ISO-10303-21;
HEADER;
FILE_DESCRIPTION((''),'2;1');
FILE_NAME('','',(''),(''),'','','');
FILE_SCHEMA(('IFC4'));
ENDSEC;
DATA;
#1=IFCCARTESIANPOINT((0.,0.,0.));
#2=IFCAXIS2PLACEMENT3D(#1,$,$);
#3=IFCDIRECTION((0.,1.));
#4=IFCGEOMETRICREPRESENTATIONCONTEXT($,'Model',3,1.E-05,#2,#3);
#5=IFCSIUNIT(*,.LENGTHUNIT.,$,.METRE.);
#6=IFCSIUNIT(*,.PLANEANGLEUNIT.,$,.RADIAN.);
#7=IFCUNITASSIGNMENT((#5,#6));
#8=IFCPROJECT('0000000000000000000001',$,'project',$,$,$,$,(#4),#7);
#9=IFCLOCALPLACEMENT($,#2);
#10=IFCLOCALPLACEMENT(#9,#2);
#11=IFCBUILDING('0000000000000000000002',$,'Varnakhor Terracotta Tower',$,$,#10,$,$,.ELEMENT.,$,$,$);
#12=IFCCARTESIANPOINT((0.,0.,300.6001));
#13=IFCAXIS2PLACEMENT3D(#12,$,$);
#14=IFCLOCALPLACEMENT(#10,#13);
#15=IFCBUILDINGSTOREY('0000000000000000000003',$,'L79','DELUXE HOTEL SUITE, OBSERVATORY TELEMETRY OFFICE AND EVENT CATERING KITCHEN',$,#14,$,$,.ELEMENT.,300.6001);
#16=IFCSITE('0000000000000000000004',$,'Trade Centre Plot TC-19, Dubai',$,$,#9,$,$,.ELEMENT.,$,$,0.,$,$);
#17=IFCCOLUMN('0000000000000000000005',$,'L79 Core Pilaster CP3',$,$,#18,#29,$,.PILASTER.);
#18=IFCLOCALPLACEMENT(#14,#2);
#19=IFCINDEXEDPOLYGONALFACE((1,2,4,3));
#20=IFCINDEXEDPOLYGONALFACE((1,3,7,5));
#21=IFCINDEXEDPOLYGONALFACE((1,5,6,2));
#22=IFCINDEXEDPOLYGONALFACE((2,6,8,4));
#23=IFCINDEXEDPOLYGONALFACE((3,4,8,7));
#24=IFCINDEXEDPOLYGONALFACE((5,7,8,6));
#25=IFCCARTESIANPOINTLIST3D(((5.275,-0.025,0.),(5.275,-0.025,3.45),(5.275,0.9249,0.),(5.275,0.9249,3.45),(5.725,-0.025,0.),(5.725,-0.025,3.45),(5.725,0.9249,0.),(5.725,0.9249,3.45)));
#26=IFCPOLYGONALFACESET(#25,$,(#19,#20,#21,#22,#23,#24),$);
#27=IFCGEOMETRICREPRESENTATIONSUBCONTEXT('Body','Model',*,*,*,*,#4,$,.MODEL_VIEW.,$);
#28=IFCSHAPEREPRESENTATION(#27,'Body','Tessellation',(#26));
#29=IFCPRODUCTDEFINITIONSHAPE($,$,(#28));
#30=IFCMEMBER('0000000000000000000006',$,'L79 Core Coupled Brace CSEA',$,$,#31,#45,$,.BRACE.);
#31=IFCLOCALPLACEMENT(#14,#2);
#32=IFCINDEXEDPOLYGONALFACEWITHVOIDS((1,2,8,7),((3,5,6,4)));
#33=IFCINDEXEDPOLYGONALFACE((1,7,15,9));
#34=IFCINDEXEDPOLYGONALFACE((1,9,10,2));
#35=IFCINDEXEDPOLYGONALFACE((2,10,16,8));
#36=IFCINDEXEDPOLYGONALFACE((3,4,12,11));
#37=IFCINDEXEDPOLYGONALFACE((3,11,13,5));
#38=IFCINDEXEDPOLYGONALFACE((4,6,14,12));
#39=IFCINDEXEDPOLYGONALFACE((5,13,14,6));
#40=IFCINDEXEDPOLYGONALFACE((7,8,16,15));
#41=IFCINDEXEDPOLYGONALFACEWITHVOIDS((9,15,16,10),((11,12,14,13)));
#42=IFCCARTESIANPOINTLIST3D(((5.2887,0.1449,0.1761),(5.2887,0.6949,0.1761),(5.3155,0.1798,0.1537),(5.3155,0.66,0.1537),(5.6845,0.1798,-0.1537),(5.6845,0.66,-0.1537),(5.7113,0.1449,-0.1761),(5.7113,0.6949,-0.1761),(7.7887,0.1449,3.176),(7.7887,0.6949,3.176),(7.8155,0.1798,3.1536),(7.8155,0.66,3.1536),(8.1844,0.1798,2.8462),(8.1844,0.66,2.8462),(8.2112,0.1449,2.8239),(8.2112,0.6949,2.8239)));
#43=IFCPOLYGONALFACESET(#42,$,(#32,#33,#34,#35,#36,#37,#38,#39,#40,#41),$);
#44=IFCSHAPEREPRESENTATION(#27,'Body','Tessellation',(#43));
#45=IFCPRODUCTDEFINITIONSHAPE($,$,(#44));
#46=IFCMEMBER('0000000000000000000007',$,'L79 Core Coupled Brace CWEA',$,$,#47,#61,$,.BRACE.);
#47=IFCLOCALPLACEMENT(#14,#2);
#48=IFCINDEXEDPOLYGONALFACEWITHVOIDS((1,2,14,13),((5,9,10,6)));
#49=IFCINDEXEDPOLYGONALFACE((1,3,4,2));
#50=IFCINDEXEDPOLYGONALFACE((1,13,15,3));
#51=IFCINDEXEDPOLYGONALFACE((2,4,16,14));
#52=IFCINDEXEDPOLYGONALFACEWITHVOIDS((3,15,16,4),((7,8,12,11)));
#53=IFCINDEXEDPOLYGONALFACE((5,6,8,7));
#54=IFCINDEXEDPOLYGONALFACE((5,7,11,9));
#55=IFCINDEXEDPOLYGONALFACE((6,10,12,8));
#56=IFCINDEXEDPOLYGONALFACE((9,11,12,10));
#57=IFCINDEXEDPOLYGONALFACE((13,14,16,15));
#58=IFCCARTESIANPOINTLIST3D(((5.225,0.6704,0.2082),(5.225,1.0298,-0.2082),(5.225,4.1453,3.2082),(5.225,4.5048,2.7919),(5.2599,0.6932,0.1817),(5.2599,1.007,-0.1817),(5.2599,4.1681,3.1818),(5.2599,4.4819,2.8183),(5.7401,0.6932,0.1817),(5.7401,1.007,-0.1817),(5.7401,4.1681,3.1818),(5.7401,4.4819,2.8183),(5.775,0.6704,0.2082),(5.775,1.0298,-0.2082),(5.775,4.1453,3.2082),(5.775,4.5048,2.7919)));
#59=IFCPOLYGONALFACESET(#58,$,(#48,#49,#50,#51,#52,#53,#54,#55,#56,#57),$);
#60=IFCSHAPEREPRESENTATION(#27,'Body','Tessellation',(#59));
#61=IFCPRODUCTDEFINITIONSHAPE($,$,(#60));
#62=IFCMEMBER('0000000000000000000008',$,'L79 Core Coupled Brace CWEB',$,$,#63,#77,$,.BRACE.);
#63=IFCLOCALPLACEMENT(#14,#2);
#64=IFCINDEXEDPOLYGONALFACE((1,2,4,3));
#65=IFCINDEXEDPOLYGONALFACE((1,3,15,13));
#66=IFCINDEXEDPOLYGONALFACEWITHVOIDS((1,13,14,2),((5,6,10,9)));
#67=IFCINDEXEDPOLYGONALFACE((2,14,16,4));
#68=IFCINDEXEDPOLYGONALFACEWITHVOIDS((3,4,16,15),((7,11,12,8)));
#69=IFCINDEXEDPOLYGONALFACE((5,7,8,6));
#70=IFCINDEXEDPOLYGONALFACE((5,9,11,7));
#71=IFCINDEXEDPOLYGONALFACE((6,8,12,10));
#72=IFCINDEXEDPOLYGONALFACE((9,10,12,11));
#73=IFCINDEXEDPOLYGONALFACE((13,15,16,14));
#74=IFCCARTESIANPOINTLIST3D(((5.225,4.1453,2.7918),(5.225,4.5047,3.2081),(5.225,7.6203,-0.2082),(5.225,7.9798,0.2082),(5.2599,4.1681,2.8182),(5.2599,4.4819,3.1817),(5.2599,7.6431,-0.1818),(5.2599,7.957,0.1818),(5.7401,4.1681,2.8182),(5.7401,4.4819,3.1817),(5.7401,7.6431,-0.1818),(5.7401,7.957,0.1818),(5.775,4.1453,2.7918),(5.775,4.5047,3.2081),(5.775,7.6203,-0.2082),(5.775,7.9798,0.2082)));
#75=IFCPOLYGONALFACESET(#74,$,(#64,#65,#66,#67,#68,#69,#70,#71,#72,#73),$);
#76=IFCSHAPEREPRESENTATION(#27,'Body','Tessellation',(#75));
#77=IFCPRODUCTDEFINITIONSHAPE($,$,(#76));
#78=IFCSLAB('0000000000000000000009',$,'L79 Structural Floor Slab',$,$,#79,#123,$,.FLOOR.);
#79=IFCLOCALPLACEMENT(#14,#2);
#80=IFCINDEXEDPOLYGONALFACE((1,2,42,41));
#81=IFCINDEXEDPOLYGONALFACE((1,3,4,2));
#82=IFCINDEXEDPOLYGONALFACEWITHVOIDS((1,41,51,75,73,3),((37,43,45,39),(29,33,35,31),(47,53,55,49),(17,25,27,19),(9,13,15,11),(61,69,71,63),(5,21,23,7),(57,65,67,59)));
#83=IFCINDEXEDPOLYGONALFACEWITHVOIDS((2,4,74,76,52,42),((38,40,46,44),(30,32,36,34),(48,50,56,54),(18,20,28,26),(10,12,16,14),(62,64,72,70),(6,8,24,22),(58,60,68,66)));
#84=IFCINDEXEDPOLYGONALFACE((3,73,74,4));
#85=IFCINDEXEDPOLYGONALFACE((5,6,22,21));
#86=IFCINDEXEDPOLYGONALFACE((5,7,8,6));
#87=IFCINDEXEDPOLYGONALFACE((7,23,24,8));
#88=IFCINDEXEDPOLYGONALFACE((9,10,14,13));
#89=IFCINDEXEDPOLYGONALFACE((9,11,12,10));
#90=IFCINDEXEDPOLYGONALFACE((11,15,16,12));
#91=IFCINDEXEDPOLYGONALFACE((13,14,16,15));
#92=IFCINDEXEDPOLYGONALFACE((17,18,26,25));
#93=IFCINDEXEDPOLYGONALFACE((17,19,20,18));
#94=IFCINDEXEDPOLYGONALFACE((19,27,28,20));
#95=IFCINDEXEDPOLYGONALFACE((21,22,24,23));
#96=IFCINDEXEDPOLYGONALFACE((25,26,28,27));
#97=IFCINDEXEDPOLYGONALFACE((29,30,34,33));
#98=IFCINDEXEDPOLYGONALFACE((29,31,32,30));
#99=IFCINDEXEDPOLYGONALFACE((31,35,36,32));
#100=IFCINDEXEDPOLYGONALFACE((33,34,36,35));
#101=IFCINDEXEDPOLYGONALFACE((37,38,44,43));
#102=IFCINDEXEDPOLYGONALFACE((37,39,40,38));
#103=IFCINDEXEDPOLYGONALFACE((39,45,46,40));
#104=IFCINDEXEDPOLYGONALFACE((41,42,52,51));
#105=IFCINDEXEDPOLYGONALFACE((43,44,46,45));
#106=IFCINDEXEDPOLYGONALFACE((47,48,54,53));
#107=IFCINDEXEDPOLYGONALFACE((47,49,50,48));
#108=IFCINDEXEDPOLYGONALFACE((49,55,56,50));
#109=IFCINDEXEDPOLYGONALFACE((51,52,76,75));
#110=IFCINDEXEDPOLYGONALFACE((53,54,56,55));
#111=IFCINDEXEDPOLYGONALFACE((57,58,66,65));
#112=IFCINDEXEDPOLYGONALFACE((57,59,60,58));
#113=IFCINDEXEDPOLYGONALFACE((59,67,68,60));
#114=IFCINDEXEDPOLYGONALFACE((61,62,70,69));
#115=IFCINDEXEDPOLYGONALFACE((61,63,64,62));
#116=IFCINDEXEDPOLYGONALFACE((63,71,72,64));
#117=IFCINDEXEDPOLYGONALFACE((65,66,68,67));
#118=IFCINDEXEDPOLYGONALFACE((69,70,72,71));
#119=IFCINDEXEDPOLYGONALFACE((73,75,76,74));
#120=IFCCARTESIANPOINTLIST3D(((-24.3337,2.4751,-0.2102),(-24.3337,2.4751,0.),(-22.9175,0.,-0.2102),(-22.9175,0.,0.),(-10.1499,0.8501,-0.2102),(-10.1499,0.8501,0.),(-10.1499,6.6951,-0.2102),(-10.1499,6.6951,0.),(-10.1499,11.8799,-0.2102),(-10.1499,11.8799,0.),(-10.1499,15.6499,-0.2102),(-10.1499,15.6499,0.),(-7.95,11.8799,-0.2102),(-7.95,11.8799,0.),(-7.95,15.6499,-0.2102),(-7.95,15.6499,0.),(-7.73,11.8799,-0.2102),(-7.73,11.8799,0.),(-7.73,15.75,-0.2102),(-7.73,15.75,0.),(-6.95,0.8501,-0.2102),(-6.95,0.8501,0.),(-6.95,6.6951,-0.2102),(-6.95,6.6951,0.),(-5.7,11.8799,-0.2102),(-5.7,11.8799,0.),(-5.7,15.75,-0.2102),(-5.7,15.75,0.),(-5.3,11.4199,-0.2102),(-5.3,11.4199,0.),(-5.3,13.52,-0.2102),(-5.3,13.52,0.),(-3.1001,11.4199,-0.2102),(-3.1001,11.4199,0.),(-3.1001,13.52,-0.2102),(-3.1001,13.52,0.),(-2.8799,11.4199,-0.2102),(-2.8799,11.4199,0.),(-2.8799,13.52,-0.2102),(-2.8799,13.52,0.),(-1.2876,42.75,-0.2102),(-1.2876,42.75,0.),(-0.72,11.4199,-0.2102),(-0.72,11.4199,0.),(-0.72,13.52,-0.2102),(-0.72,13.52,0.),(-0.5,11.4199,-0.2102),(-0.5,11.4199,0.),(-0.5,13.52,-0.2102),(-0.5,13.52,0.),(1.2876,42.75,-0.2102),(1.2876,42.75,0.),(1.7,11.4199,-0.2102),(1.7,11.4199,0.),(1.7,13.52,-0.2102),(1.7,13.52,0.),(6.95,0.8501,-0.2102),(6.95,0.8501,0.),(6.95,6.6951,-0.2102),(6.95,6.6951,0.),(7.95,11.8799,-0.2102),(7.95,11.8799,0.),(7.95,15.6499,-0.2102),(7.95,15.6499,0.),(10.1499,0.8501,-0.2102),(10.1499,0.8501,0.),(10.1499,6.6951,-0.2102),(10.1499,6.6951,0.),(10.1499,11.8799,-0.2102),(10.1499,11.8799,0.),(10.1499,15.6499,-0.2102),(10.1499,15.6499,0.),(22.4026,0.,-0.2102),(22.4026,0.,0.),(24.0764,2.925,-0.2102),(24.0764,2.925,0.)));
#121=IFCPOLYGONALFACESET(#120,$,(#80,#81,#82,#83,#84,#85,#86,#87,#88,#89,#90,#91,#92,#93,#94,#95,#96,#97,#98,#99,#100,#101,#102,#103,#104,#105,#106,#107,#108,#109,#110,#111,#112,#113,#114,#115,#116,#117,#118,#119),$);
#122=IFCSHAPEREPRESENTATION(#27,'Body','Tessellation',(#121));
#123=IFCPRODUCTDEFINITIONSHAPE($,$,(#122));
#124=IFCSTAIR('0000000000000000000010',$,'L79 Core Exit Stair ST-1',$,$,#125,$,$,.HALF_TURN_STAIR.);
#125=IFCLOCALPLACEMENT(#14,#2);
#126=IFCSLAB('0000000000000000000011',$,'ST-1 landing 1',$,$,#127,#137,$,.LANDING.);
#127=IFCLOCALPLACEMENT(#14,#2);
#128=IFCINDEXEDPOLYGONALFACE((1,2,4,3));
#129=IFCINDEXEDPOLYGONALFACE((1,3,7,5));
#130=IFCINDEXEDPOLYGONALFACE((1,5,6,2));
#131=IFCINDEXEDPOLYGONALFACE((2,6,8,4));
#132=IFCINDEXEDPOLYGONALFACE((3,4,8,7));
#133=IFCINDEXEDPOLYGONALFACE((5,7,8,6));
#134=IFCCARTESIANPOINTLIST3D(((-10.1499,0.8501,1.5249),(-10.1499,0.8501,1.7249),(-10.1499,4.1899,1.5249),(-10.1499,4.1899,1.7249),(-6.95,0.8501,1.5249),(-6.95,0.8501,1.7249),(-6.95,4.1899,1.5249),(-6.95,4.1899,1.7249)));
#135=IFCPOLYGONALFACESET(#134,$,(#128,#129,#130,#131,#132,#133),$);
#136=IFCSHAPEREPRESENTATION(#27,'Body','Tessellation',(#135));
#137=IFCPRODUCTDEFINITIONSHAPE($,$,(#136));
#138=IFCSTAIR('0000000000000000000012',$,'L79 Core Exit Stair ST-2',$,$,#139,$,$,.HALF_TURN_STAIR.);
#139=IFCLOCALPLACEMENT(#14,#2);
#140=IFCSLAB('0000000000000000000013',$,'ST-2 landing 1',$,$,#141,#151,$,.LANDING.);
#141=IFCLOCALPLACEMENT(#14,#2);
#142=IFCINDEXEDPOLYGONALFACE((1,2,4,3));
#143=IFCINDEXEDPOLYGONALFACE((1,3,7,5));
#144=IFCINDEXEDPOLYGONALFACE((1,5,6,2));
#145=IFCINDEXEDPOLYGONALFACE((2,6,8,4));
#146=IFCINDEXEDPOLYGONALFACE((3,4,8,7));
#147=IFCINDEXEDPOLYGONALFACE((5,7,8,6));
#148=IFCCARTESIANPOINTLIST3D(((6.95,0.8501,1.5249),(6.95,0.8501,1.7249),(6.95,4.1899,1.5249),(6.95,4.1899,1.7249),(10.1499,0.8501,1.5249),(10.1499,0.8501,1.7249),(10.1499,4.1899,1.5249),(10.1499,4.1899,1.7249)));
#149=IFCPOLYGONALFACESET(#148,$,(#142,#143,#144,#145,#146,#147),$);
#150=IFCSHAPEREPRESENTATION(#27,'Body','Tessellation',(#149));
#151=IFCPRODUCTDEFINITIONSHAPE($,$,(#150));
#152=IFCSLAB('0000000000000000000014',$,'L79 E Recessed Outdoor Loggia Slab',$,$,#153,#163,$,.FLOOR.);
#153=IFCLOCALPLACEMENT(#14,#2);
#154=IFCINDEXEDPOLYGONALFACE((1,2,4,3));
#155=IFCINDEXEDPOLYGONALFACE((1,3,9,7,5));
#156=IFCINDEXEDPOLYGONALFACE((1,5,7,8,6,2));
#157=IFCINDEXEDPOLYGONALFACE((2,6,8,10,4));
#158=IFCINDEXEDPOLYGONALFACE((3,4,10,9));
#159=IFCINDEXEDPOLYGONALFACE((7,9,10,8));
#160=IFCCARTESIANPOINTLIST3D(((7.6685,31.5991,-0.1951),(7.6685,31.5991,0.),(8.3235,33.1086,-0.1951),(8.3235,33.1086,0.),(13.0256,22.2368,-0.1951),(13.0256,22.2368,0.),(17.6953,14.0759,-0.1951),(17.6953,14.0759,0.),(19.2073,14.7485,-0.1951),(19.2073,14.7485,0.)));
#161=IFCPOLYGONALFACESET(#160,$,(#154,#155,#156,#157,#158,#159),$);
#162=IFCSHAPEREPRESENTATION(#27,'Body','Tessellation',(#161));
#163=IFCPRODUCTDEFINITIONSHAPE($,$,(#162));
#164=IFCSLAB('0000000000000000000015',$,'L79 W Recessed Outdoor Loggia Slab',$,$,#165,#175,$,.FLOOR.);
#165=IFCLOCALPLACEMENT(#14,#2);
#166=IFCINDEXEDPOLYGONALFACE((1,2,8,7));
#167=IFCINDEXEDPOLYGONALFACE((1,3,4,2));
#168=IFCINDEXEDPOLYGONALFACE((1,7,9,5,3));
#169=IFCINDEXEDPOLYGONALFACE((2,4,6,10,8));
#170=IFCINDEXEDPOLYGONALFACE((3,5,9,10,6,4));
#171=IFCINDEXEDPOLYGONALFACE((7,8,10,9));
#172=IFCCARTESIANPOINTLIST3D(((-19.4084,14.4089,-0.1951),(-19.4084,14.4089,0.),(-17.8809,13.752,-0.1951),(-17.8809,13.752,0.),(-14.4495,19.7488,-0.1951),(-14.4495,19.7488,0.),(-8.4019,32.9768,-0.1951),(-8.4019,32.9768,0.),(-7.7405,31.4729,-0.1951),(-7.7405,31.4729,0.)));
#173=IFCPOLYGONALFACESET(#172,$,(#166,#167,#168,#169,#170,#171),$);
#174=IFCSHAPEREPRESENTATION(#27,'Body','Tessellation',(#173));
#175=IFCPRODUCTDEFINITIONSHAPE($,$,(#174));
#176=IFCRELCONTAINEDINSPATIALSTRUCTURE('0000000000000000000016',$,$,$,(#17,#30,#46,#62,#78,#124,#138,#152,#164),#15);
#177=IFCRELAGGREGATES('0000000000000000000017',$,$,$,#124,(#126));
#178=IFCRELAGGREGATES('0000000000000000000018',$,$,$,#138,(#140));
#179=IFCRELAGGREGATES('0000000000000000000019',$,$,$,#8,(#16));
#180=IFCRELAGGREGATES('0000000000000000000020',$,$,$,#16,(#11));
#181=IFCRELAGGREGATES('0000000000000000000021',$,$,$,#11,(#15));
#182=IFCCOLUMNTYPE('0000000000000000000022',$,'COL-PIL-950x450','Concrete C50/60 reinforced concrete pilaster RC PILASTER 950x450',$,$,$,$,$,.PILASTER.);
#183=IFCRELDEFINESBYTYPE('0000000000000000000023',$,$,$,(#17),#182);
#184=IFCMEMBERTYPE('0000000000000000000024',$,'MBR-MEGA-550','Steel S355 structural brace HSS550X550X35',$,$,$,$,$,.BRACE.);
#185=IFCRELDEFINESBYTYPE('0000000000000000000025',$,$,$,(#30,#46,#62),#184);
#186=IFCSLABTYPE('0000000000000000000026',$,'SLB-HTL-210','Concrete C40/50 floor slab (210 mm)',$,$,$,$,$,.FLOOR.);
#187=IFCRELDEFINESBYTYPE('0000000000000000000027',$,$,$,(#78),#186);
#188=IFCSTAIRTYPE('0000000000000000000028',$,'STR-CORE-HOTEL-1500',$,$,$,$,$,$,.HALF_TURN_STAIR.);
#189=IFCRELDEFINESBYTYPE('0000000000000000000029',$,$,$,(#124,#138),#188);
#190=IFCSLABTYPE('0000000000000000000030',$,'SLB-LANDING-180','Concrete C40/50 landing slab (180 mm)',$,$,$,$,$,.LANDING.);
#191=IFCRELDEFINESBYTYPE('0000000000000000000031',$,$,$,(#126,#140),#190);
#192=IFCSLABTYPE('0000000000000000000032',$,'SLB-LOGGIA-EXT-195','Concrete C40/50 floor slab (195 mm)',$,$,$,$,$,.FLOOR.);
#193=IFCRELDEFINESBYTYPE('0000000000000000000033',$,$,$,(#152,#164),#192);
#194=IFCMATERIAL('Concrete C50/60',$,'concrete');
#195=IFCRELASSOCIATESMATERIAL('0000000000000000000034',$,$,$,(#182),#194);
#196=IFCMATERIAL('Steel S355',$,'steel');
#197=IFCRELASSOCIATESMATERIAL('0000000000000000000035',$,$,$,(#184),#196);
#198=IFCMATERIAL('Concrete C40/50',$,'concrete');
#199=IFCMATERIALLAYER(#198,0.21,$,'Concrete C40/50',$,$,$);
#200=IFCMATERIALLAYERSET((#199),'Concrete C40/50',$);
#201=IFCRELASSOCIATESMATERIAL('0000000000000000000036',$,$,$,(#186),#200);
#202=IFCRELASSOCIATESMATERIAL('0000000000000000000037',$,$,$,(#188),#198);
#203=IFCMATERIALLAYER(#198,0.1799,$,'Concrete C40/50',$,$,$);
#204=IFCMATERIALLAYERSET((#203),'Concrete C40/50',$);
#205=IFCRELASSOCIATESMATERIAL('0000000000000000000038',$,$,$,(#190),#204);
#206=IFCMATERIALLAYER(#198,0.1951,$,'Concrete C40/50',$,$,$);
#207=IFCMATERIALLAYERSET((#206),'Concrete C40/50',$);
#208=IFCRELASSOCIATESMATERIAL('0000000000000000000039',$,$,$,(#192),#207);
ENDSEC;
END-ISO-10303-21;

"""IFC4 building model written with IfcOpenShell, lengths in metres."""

from ifc_helpers import new_model, si_unit, direction, frame, origin, origin_2d, place, context, subcontext, project, spatial, polyline, rectangle, hollow_rectangle, outline, extrude, source, transform, mapped, material, layer, layer_set, material_profile, profile_set, type_object, element, aggregate, save


model = new_model("IFC4")

# Units and contexts
model_context = context("Model", 3, precision=1e-05, world=origin(), true_north=direction((0.0, 1.0)))
body_context = subcontext(model_context, "Body", "Model", "MODEL_VIEW")
ifc_project = project(units=[si_unit("LENGTHUNIT", "METRE"), si_unit("PLANEANGLEUNIT", "RADIAN")], contexts=[model_context])

# Site, building, storey
site_placement = place(None, origin())
site = spatial("IfcSite", under=ifc_project, at=site_placement, Name="Trade Centre Plot TC-19, Dubai", CompositionType="ELEMENT", RefElevation=0.0)
building_placement = place(site_placement, origin())
building = spatial("IfcBuilding", under=site, at=building_placement, Name="Varnakhor Terracotta Tower", CompositionType="ELEMENT")
storey_placement = place(building_placement, frame((0.0, 0.0, 300.6001)))
storey = spatial("IfcBuildingStorey", under=building, at=storey_placement, Name="L79", Description="DELUXE HOTEL SUITE, OBSERVATORY TELEMETRY OFFICE AND EVENT CATERING KITCHEN", CompositionType="ELEMENT", Elevation=300.6001)

# Column
ifc_material_1 = material(Name="Concrete C50/60", Category="concrete")
ifc_material_profile_1 = material_profile(ifc_material_1, rectangle(XDim=0.45, YDim=0.95, at=origin_2d()), Name="RC PILASTER 950x450")
ifc_profile_set_1 = profile_set([ifc_material_profile_1], Name="Concrete C50/60")
column_type = type_object("IfcColumnType", Name="COL-PIL-950x450", Description="Concrete C50/60 reinforced concrete pilaster RC PILASTER 950x450", PredefinedType="PILASTER", material=ifc_profile_set_1)
shared_shape_1 = source(origin(), body_context, "Body", "SweptSolid", [
    extrude(rectangle(XDim=0.45, YDim=0.95, at=origin_2d()), origin(), (0.0, 0.0, 1.0), 3.45),
])
column_placement = place(storey_placement, frame((5.5, 0.45, 0.0), z_axis=(0.0, 0.0, 1.0), x_axis=(1.0, 0.0, 0.0)))
element("IfcColumn", 1, at=column_placement, inside=storey, type_object=column_type, Name="L79 Core Pilaster CP3", PredefinedType="PILASTER", context=body_context, shape_type="MappedRepresentation", body=[
    mapped(shared_shape_1, transform((0.0, 0.0, 0.0), scale=1.0)),
])

# Members
ifc_material_2 = material(Name="Steel S355", Category="steel")
ifc_material_profile_2 = material_profile(ifc_material_2, hollow_rectangle(XDim=0.55, YDim=0.55, WallThickness=0.0349, at=origin_2d()), Name="HSS550X550X35")
ifc_profile_set_2 = profile_set([ifc_material_profile_2], Name="Steel S355")
member_type = type_object("IfcMemberType", Name="MBR-MEGA-550", Description="Steel S355 structural brace HSS550X550X35", PredefinedType="BRACE", material=ifc_profile_set_2)
shared_shape_2 = source(origin(), body_context, "Body", "SweptSolid", [
    extrude(hollow_rectangle(XDim=0.55, YDim=0.55, WallThickness=0.0349, at=origin_2d()), origin(), (0.0, 0.0, 1.0), 3.905),
])
member_placement = place(storey_placement, frame((5.5, 0.4199, 0.0), z_axis=(0.640184, 0.0, 0.768221), x_axis=(0.0, 1.0, 0.0)))
element("IfcMember", 2, at=member_placement, inside=storey, type_object=member_type, Name="L79 Core Coupled Brace CSEA", PredefinedType="BRACE", context=body_context, shape_type="MappedRepresentation", body=[
    mapped(shared_shape_2, transform((0.0, 0.0, 0.0), scale=1.0)),
])
shared_shape_3 = source(origin(), body_context, "Body", "SweptSolid", [
    extrude(hollow_rectangle(XDim=0.55, YDim=0.55, WallThickness=0.0349, at=origin_2d()), origin(), (0.0, 0.0, 1.0), 4.5908),
])
for number, where, z_axis, x_axis, name in (
    (3, (5.5, 0.8501, 0.0), (0.0, 0.756932, 0.653494), (-1.0, 0.0, 0.0), "L79 Core Coupled Brace CWEA"),
    (4, (5.5, 7.8, 0.0), (0.0, -0.756955, 0.653468), (1.0, 0.0, 0.0), "L79 Core Coupled Brace CWEB"),
):
    element("IfcMember", number, at=place(storey_placement, frame(where, z_axis=z_axis, x_axis=x_axis)), inside=storey, type_object=member_type, Name=name, PredefinedType="BRACE", context=body_context, shape_type="MappedRepresentation", body=[
        mapped(shared_shape_3, transform((0.0, 0.0, 0.0), scale=1.0)),
    ])

# Slab
ifc_material_3 = material(Name="Concrete C40/50", Category="concrete")
ifc_layer_1 = layer(ifc_material_3, 0.21, Name="Concrete C40/50")
ifc_layer_set_1 = layer_set([ifc_layer_1], Name="Concrete C40/50")
slab_type_1 = type_object("IfcSlabType", Name="SLB-HTL-210", Description="Concrete C40/50 floor slab (210 mm)", PredefinedType="FLOOR", material=ifc_layer_set_1)
slab_1_placement = place(storey_placement, frame((0.0, 0.0, -0.2102)))
element("IfcSlab", 5, at=slab_1_placement, inside=storey, type_object=slab_type_1, Name="L79 Structural Floor Slab", PredefinedType="FLOOR", context=body_context, shape_type="SweptSolid", body=[
    extrude(outline(polyline([(-24.3337, 2.4751), (-1.2876, 42.75), (1.2876, 42.75), (24.0764, 2.925), (22.4026, 0.0), (-22.9175, 0.0), (-24.3337, 2.4751)]), holes=[polyline([(-6.95, 0.8501), (-6.95, 6.6951), (-10.1499, 6.6951), (-10.1499, 0.8501), (-6.95, 0.8501)]), polyline([(10.1499, 0.8501), (10.1499, 6.6951), (6.95, 6.6951), (6.95, 0.8501), (10.1499, 0.8501)]), polyline([(-3.1001, 11.4199), (-3.1001, 13.52), (-5.3, 13.52), (-5.3, 11.4199), (-3.1001, 11.4199)]), polyline([(-0.72, 11.4199), (-0.72, 13.52), (-2.8799, 13.52), (-2.8799, 11.4199), (-0.72, 11.4199)]), polyline([(1.7, 11.4199), (1.7, 13.52), (-0.5, 13.52), (-0.5, 11.4199), (1.7, 11.4199)]), polyline([(-7.95, 11.8799), (-7.95, 15.6499), (-10.1499, 15.6499), (-10.1499, 11.8799), (-7.95, 11.8799)]), polyline([(10.1499, 11.8799), (10.1499, 15.6499), (7.95, 15.6499), (7.95, 11.8799), (10.1499, 11.8799)]), polyline([(-5.7, 11.8799), (-5.7, 15.75), (-7.73, 15.75), (-7.73, 11.8799), (-5.7, 11.8799)])]), origin(), (0.0, 0.0, 1.0), 0.2102),
])

# Stairs, slabs
stair_type = type_object("IfcStairType", Name="STR-CORE-HOTEL-1500", PredefinedType="HALF_TURN_STAIR", material=ifc_material_3)
stair_1_placement = place(storey_placement, origin())
stair_1 = element("IfcStair", 6, at=stair_1_placement, inside=storey, type_object=stair_type, Name="L79 Core Exit Stair ST-1", PredefinedType="HALF_TURN_STAIR")
ifc_layer_2 = layer(ifc_material_3, 0.1799, Name="Concrete C40/50")
ifc_layer_set_2 = layer_set([ifc_layer_2], Name="Concrete C40/50")
slab_type_2 = type_object("IfcSlabType", Name="SLB-LANDING-180", Description="Concrete C40/50 landing slab (180 mm)", PredefinedType="LANDING", material=ifc_layer_set_2)
slab_2_placement = place(storey_placement, frame((0.0, 0.0, 1.5249)))
slab_2 = element("IfcSlab", 7, at=slab_2_placement, type_object=slab_type_2, Name="ST-1 landing 1", PredefinedType="LANDING", context=body_context, shape_type="SweptSolid", body=[
    extrude(outline(polyline([(-10.1499, 4.1899), (-10.1499, 0.8501), (-6.95, 0.8501), (-6.95, 4.1899), (-10.1499, 4.1899)])), origin(), (0.0, 0.0, 1.0), 0.2),
])
aggregate(stair_1, [slab_2])
stair_2_placement = place(storey_placement, origin())
stair_2 = element("IfcStair", 8, at=stair_2_placement, inside=storey, type_object=stair_type, Name="L79 Core Exit Stair ST-2", PredefinedType="HALF_TURN_STAIR")
slab_3_placement = place(storey_placement, frame((0.0, 0.0, 1.5249)))
slab_3 = element("IfcSlab", 9, at=slab_3_placement, type_object=slab_type_2, Name="ST-2 landing 1", PredefinedType="LANDING", context=body_context, shape_type="SweptSolid", body=[
    extrude(outline(polyline([(6.95, 4.1899), (6.95, 0.8501), (10.1499, 0.8501), (10.1499, 4.1899), (6.95, 4.1899)])), origin(), (0.0, 0.0, 1.0), 0.2),
])

# Slabs
ifc_layer_3 = layer(ifc_material_3, 0.1951, Name="Concrete C40/50")
ifc_layer_set_3 = layer_set([ifc_layer_3], Name="Concrete C40/50")
slab_type_3 = type_object("IfcSlabType", Name="SLB-LOGGIA-EXT-195", Description="Concrete C40/50 floor slab (195 mm)", PredefinedType="FLOOR", material=ifc_layer_set_3)
slab_4_placement = place(storey_placement, frame((0.0, 0.0, -0.1951)))
element("IfcSlab", 10, at=slab_4_placement, inside=storey, type_object=slab_type_3, Name="L79 E Recessed Outdoor Loggia Slab", PredefinedType="FLOOR", context=body_context, shape_type="SweptSolid", body=[
    extrude(outline(polyline([(8.3235, 33.1086), (19.2073, 14.7485), (17.6953, 14.0759), (13.0256, 22.2368), (7.6685, 31.5991), (8.3235, 33.1086)])), origin(), (0.0, 0.0, 1.0), 0.1951),
])
slab_5_placement = place(storey_placement, frame((0.0, 0.0, -0.1951)))
element("IfcSlab", 11, at=slab_5_placement, inside=storey, type_object=slab_type_3, Name="L79 W Recessed Outdoor Loggia Slab", PredefinedType="FLOOR", context=body_context, shape_type="SweptSolid", body=[
    extrude(outline(polyline([(-19.4084, 14.4089), (-8.4019, 32.9768), (-7.7405, 31.4729), (-14.4495, 19.7488), (-17.8809, 13.752), (-19.4084, 14.4089)])), origin(), (0.0, 0.0, 1.0), 0.1951),
])

aggregate(stair_2, [slab_3])

save(model, "model.ifc")
